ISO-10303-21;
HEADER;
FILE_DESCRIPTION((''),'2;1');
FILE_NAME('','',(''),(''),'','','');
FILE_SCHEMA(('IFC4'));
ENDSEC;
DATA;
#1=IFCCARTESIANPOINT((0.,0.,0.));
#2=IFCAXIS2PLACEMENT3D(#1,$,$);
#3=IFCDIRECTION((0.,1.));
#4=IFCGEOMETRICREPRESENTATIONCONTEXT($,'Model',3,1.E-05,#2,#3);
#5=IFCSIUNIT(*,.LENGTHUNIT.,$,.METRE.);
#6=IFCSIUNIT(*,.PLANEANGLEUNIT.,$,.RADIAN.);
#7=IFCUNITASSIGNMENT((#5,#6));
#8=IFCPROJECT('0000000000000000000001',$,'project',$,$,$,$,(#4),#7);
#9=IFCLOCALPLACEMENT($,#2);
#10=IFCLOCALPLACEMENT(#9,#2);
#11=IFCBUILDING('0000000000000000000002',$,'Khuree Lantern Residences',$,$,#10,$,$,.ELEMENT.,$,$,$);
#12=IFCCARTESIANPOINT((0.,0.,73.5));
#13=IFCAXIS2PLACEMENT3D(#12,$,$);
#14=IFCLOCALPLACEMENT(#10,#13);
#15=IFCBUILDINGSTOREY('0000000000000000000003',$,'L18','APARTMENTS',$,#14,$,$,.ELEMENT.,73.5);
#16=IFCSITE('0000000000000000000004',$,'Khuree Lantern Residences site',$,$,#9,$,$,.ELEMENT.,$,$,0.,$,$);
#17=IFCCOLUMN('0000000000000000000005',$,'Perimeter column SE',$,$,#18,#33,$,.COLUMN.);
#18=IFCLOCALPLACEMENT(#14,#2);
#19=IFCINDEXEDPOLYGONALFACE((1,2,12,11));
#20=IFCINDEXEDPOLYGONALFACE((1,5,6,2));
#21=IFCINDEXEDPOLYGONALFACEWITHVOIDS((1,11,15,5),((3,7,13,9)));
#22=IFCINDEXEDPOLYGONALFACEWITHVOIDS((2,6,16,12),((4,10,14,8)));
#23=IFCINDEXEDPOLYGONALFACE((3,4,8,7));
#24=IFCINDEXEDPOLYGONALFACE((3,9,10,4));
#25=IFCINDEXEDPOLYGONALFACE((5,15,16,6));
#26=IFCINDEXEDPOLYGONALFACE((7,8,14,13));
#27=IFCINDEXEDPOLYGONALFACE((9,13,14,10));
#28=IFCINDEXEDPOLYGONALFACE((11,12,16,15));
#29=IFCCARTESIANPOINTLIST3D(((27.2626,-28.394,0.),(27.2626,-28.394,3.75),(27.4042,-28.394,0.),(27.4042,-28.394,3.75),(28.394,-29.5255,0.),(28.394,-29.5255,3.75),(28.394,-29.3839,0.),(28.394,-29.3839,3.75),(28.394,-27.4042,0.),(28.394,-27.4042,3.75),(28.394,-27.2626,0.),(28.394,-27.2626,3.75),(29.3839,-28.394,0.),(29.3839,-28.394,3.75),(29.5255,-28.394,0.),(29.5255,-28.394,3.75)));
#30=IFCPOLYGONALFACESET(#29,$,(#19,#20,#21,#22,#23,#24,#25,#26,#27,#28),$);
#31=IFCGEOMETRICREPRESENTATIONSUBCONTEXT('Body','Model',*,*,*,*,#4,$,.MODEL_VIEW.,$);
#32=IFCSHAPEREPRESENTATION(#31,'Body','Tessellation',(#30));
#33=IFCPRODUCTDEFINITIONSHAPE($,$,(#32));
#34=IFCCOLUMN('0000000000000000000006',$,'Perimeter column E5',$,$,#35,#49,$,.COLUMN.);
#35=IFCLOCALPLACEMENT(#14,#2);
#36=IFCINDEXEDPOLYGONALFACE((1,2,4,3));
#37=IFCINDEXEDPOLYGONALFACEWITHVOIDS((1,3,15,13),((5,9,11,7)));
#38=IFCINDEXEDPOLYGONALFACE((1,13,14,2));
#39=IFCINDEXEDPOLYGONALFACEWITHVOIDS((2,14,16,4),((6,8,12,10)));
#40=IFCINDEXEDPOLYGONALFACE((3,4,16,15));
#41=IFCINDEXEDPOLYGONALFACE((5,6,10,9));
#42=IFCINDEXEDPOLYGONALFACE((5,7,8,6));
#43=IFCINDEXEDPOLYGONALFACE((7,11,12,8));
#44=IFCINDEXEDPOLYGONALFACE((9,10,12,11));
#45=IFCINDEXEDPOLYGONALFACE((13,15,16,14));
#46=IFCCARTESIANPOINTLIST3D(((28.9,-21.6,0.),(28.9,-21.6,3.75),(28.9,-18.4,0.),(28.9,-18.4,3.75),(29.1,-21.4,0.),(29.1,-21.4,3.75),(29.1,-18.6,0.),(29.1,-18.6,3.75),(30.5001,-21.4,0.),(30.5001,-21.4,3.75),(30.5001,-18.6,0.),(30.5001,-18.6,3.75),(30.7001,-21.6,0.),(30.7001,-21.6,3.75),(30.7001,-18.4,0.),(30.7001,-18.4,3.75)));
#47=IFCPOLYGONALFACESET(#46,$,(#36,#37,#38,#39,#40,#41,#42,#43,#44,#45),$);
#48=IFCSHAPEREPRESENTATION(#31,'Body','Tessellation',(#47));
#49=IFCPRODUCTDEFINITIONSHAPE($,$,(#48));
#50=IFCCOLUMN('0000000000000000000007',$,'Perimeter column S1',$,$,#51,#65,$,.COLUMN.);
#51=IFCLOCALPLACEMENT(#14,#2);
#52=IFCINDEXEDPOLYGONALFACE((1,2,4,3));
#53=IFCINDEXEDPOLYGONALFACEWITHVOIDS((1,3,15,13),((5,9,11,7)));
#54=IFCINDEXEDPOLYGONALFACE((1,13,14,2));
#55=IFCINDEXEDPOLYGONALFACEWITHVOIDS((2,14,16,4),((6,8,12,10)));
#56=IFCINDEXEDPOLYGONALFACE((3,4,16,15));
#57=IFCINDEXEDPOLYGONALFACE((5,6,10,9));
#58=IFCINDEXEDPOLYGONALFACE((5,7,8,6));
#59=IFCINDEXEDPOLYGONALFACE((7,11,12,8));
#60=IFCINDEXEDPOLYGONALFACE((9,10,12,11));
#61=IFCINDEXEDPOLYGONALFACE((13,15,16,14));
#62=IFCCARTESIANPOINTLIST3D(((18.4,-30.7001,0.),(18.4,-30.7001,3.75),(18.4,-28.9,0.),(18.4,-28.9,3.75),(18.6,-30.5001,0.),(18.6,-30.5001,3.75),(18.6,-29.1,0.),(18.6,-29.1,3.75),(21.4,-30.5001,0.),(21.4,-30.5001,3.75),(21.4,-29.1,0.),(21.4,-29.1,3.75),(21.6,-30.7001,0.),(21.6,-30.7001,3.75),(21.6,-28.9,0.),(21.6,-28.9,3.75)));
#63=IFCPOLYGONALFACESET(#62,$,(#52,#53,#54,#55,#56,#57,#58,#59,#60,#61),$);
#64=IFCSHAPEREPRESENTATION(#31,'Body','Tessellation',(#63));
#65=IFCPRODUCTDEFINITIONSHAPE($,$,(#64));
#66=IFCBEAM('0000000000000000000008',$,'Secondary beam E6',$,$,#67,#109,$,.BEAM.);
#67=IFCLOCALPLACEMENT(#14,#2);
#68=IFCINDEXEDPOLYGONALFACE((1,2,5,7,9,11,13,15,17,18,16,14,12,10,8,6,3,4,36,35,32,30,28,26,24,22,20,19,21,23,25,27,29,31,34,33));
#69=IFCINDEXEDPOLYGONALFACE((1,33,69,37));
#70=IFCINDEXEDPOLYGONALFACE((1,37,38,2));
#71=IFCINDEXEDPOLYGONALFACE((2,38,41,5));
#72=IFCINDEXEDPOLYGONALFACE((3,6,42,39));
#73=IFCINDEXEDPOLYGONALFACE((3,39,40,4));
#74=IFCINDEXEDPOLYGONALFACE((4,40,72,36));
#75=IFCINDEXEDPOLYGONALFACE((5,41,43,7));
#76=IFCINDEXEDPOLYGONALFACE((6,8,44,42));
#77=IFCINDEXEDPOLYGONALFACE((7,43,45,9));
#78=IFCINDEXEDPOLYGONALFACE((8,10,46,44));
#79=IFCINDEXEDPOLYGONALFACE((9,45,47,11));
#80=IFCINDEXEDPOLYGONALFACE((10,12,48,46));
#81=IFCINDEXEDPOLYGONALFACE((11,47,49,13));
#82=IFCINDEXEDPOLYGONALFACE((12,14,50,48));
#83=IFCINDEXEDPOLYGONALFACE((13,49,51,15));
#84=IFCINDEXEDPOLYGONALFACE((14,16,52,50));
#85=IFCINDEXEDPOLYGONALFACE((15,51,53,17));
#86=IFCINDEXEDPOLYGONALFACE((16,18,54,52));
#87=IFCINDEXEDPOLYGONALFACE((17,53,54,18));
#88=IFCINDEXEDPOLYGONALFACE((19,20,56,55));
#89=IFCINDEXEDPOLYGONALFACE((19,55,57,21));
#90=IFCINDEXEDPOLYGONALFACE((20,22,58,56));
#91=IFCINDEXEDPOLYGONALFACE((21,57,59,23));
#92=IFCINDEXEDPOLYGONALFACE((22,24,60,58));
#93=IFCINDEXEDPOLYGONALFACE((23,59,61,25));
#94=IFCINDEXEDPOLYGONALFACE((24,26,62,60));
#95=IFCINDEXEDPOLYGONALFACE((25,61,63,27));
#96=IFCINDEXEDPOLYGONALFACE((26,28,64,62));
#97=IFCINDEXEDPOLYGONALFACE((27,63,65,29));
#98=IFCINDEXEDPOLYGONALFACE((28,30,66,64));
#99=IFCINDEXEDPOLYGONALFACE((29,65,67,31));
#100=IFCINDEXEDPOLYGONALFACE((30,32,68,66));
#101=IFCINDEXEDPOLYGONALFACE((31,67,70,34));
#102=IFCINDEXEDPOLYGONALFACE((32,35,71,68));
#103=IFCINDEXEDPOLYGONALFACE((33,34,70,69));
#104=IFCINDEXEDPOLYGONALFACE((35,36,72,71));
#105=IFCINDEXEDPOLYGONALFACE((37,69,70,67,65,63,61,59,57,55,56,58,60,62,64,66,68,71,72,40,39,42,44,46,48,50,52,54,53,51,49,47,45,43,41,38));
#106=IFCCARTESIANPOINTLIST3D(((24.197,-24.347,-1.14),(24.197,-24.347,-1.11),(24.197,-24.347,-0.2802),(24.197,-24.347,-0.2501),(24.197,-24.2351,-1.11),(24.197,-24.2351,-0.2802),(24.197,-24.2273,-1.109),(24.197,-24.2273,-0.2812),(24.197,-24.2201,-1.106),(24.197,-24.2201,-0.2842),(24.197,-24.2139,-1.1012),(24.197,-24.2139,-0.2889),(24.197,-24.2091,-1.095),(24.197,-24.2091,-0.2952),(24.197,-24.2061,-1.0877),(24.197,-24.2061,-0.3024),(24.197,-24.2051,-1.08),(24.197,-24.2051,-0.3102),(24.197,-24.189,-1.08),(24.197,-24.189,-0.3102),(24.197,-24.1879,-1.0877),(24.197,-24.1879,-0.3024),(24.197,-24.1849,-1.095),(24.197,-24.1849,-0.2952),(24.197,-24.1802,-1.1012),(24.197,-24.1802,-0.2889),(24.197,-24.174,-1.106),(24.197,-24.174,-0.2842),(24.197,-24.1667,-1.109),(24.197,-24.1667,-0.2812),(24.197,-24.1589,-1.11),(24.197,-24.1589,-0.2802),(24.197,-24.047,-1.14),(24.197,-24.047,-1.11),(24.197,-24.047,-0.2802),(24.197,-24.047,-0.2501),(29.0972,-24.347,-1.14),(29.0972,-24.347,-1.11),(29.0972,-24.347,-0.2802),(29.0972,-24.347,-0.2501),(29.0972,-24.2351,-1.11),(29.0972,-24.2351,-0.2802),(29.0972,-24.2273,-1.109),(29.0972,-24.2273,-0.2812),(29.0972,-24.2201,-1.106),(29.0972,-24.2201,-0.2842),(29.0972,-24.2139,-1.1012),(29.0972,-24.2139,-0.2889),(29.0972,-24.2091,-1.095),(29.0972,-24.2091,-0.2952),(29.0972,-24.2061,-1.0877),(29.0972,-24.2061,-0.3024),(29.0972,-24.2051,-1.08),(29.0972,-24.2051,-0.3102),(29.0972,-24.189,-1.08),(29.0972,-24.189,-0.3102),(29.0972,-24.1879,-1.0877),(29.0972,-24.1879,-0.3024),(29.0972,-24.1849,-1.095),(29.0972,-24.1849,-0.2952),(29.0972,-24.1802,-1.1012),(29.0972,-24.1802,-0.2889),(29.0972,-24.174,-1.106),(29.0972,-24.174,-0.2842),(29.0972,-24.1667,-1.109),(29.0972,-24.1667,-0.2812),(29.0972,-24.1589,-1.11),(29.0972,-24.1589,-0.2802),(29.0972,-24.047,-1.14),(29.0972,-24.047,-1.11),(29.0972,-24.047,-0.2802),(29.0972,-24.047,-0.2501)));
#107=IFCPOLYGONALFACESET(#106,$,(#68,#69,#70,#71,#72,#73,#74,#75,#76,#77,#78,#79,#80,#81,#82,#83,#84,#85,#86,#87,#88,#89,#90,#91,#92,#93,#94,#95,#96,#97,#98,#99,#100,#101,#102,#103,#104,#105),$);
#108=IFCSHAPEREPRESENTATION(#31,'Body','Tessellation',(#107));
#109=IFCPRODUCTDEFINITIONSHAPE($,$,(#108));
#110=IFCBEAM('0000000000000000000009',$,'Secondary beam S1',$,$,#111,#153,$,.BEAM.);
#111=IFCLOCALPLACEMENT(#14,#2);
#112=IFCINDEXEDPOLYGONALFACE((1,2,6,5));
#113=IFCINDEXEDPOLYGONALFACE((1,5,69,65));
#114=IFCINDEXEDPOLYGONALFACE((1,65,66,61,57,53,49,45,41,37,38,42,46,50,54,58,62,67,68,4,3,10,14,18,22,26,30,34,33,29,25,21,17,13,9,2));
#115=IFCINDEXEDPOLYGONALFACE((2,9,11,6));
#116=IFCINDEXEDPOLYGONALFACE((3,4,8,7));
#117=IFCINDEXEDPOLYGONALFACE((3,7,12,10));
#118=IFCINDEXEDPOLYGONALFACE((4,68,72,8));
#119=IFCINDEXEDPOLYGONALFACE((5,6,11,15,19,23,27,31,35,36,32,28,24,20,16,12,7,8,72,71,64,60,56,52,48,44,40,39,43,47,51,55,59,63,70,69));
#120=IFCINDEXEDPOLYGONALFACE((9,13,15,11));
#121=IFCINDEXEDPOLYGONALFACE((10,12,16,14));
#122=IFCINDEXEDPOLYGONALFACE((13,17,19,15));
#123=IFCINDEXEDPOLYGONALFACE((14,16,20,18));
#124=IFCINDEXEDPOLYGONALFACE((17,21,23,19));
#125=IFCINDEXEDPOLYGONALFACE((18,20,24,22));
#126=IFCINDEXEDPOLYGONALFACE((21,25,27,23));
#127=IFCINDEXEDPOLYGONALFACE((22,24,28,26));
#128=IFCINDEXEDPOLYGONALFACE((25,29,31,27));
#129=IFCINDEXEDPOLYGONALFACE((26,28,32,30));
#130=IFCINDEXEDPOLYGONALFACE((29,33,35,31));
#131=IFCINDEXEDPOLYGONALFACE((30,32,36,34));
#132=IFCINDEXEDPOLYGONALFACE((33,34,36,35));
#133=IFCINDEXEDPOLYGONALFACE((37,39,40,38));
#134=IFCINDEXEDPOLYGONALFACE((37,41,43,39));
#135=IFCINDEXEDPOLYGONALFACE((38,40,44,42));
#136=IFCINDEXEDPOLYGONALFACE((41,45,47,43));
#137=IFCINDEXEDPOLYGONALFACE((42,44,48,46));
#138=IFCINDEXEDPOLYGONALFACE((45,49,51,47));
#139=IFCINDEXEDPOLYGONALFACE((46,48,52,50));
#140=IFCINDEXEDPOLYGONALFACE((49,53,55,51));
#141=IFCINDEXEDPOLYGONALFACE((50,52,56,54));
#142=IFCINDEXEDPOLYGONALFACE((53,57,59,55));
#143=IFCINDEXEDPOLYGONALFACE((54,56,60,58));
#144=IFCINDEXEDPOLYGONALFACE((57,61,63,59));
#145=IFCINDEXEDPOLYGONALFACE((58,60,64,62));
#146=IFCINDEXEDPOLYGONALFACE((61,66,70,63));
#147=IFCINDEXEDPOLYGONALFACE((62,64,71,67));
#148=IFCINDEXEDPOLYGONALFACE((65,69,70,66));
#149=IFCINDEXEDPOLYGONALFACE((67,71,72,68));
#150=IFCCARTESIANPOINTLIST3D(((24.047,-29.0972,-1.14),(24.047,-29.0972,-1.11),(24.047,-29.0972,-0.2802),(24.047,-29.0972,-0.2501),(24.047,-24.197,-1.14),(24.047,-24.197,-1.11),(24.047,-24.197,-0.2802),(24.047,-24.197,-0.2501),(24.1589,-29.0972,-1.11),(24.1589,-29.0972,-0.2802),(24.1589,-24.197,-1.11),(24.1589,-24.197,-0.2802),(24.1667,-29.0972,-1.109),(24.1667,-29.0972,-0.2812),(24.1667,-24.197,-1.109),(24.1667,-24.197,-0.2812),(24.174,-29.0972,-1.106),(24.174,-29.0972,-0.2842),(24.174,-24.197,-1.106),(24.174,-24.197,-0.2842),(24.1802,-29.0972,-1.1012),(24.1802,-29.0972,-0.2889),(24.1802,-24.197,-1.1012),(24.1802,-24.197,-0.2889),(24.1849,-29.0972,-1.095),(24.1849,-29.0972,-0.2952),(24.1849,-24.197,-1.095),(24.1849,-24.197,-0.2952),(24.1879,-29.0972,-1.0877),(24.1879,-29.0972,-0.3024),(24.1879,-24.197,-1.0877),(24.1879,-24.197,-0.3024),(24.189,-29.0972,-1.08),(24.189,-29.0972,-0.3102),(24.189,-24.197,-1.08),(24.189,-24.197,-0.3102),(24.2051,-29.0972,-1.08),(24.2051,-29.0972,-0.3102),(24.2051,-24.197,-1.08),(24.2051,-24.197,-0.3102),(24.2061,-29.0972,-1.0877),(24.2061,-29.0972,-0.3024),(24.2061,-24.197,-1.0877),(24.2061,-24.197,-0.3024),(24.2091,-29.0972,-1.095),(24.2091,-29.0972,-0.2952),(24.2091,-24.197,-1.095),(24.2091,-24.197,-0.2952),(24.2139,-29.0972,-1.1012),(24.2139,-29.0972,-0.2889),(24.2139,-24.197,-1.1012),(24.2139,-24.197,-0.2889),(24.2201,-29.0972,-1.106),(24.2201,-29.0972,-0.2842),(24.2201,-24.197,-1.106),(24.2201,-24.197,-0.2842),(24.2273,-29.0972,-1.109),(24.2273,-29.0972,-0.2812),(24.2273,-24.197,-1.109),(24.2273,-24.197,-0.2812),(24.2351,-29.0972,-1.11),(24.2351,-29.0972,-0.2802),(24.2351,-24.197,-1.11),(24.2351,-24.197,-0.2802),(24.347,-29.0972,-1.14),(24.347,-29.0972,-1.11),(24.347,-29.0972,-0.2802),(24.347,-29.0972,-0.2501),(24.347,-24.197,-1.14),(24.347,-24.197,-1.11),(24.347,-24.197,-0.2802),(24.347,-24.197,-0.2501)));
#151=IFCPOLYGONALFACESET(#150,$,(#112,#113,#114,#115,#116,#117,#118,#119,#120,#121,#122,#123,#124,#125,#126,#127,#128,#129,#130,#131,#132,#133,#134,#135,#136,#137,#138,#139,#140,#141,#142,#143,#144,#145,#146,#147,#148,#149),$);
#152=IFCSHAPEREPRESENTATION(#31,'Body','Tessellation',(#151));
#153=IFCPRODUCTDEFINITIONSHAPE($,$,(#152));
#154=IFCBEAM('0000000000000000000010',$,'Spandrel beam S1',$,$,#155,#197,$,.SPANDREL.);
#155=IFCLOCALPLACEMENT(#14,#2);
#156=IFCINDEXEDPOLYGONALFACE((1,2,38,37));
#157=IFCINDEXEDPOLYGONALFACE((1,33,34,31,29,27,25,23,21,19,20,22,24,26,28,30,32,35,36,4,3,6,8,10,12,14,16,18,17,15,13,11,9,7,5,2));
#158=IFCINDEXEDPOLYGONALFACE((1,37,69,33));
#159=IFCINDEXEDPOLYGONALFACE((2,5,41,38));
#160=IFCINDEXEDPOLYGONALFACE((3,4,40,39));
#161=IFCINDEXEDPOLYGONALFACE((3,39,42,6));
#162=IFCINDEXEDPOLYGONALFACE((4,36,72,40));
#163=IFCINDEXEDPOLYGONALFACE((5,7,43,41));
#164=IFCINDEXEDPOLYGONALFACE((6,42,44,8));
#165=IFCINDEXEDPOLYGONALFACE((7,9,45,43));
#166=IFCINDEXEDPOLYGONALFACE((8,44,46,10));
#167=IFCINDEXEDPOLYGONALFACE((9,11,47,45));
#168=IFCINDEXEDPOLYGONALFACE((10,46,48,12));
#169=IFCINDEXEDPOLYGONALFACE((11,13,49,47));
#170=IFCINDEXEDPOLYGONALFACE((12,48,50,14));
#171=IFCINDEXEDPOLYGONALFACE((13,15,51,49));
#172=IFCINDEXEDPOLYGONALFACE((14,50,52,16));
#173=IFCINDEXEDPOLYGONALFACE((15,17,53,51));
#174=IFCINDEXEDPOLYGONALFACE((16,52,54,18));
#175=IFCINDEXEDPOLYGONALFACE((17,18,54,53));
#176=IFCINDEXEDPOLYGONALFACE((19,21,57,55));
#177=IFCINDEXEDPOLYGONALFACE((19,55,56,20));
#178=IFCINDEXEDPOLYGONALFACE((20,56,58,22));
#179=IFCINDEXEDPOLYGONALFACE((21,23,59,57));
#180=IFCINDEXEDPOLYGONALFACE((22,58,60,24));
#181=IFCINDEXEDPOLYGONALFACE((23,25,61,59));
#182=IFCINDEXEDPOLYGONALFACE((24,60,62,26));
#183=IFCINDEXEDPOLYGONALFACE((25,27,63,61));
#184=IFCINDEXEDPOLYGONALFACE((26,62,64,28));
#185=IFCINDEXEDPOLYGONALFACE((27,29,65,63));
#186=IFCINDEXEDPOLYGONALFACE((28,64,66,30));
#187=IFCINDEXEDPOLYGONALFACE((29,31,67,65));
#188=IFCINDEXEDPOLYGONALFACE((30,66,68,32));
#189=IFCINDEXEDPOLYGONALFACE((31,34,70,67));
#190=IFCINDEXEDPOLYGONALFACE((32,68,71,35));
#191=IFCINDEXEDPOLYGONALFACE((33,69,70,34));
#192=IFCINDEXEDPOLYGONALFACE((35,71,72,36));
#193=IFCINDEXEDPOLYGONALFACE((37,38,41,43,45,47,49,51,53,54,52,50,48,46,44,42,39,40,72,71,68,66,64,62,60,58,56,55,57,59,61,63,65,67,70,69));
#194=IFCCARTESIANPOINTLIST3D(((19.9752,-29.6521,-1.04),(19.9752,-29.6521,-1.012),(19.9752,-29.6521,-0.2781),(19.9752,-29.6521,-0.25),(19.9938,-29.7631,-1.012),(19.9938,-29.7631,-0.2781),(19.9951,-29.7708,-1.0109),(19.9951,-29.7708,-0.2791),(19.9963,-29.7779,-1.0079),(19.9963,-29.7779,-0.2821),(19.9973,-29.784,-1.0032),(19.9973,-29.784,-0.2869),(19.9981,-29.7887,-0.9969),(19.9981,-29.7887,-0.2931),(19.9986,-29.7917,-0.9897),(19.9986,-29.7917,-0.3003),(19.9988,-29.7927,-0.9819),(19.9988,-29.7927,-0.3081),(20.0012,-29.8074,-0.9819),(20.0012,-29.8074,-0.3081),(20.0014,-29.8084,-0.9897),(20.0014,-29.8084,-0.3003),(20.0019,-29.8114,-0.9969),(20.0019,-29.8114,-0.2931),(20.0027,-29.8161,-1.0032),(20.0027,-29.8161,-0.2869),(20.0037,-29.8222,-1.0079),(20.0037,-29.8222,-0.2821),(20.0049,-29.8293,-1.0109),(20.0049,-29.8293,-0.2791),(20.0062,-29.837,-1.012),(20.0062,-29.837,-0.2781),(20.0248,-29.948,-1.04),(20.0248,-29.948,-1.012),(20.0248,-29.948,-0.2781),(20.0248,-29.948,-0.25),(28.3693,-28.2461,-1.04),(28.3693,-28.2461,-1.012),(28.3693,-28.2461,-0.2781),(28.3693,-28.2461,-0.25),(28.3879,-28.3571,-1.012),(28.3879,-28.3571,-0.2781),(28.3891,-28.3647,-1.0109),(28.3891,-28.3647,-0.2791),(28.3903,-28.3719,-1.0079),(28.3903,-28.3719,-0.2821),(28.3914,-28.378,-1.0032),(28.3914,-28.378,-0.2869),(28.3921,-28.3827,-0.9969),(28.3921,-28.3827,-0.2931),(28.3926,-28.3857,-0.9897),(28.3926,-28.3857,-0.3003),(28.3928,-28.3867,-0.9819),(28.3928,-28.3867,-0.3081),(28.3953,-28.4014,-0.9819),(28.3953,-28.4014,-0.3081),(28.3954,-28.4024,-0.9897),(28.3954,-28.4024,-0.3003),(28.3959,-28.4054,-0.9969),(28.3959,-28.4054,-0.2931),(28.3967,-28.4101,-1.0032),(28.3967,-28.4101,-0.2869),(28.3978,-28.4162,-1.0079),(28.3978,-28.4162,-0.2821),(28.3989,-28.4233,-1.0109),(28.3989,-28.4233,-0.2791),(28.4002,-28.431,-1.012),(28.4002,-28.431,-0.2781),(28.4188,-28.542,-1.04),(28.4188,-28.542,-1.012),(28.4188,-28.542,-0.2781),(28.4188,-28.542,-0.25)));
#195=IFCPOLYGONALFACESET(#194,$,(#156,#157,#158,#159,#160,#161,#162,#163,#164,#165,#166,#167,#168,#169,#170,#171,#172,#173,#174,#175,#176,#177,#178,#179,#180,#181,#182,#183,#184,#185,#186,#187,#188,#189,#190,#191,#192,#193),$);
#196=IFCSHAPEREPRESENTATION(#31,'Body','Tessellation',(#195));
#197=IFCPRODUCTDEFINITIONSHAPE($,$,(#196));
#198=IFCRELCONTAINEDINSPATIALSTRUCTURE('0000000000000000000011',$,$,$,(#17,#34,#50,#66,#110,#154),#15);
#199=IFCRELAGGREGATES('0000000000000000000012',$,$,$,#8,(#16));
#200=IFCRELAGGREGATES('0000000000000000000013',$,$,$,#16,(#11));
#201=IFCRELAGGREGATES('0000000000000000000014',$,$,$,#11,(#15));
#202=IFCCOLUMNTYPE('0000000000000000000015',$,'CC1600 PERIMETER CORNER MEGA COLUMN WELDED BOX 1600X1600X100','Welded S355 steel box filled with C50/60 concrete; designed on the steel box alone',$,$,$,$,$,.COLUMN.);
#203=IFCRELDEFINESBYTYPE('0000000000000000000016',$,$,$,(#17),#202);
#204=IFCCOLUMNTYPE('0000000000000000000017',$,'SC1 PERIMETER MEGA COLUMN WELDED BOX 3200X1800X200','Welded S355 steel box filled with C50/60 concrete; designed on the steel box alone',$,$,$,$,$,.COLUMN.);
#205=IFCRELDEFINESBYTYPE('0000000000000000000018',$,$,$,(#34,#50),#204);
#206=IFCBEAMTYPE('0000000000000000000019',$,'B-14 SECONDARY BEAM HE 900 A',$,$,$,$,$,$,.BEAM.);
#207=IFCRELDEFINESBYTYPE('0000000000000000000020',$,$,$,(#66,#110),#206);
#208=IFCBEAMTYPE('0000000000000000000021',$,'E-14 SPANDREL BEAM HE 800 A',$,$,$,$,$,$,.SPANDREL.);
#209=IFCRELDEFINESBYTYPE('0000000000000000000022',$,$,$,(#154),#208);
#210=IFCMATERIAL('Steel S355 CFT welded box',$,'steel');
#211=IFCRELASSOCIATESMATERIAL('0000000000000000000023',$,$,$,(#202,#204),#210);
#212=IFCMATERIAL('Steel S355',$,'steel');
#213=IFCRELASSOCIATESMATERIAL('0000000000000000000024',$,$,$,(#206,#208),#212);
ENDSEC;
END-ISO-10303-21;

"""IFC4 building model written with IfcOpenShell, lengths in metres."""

from ifc_helpers import new_model, si_unit, direction, frame, origin, origin_2d, place, context, subcontext, project, spatial, hollow_rectangle, i_section, extrude, material, material_profile, profile_set, type_object, element, save


model = new_model("IFC4")

# Units and contexts
model_context = context("Model", 3, precision=1e-05, world=origin(), true_north=direction((0.0, 1.0)))
body_context = subcontext(model_context, "Body", "Model", "MODEL_VIEW")
ifc_project = project(units=[si_unit("LENGTHUNIT", "METRE"), si_unit("PLANEANGLEUNIT", "RADIAN")], contexts=[model_context])

# Site, building, storey
site_placement = place(None, origin())
site = spatial("IfcSite", under=ifc_project, at=site_placement, Name="Khuree Lantern Residences site", CompositionType="ELEMENT", RefElevation=0.0)
building_placement = place(site_placement, origin())
building = spatial("IfcBuilding", under=site, at=building_placement, Name="Khuree Lantern Residences", CompositionType="ELEMENT")
storey_placement = place(building_placement, frame((0.0, 0.0, 73.5)))
storey = spatial("IfcBuildingStorey", under=building, at=storey_placement, Name="L18", Description="APARTMENTS", CompositionType="ELEMENT", Elevation=73.5)

# Columns
ifc_material_1 = material(Name="Steel S355 CFT welded box", Category="steel")
ifc_material_profile_1 = material_profile(ifc_material_1, hollow_rectangle(XDim=1.6001, YDim=1.6001, WallThickness=0.1001, at=origin_2d()), Name="WELDED BOX 1600X1600X100")
ifc_profile_set_1 = profile_set([ifc_material_profile_1], Name="Steel S355 CFT welded box")
column_type_1 = type_object("IfcColumnType", Name="CC1600 PERIMETER CORNER MEGA COLUMN WELDED BOX 1600X1600X100", Description="Welded S355 steel box filled with C50/60 concrete; designed on the steel box alone", PredefinedType="COLUMN", material=ifc_profile_set_1)
column_placement = place(storey_placement, frame((28.394, -28.394, 0.0), z_axis=(0.0, 0.0, 1.0), x_axis=(0.707107, 0.707107, 0.0)))
element("IfcColumn", 1, at=column_placement, inside=storey, type_object=column_type_1, Name="Perimeter column SE", PredefinedType="COLUMN", context=body_context, shape_type="SweptSolid", body=[
    extrude(hollow_rectangle(XDim=1.6001, YDim=1.6001, WallThickness=0.1001, at=origin_2d()), origin(), (0.0, 0.0, 1.0), 3.75),
])
ifc_material_profile_2 = material_profile(ifc_material_1, hollow_rectangle(XDim=3.2, YDim=1.8, WallThickness=0.2, at=origin_2d()), Name="WELDED BOX 3200X1800X200")
ifc_profile_set_2 = profile_set([ifc_material_profile_2], Name="Steel S355 CFT welded box")
column_type_2 = type_object("IfcColumnType", Name="SC1 PERIMETER MEGA COLUMN WELDED BOX 3200X1800X200", Description="Welded S355 steel box filled with C50/60 concrete; designed on the steel box alone", PredefinedType="COLUMN", material=ifc_profile_set_2)
for number, where, z_axis, x_axis, name in (
    (2, (29.8, -20.0, 0.0), (0.0, 0.0, 1.0), (0.0, 1.0, 0.0), "Perimeter column E5"),
    (3, (20.0, -29.8, 0.0), (0.0, 0.0, 1.0), (1.0, 0.0, 0.0), "Perimeter column S1"),
):
    element("IfcColumn", number, at=place(storey_placement, frame(where, z_axis=z_axis, x_axis=x_axis)), inside=storey, type_object=column_type_2, Name=name, PredefinedType="COLUMN", context=body_context, shape_type="SweptSolid", body=[
        extrude(hollow_rectangle(XDim=3.2, YDim=1.8, WallThickness=0.2, at=origin_2d()), origin(), (0.0, 0.0, 1.0), 3.75),
    ])

# Beams
ifc_material_2 = material(Name="Steel S355", Category="steel")
ifc_material_profile_3 = material_profile(ifc_material_2, i_section(OverallWidth=0.3, OverallDepth=0.8899, WebThickness=0.0161, FlangeThickness=0.03, FilletRadius=0.03, at=origin_2d()), Name="HE 900 A")
ifc_profile_set_3 = profile_set([ifc_material_profile_3], Name="Steel S355")
beam_type_1 = type_object("IfcBeamType", Name="B-14 SECONDARY BEAM HE 900 A", PredefinedType="BEAM", material=ifc_profile_set_3)
for number, where, z_axis, x_axis, name in (
    (4, (29.0972, -24.197, -0.6951), (-1.0, 0.0, 0.0), (0.0, -1.0, 0.0), "Secondary beam E6"),
    (5, (24.197, -29.0972, -0.6951), (0.0, 1.0, 0.0), (-1.0, 0.0, 0.0), "Secondary beam S1"),
):
    element("IfcBeam", number, at=place(storey_placement, frame(where, z_axis=z_axis, x_axis=x_axis)), inside=storey, type_object=beam_type_1, Name=name, PredefinedType="BEAM", context=body_context, shape_type="SweptSolid", body=[
        extrude(i_section(OverallWidth=0.3, OverallDepth=0.8899, WebThickness=0.0161, FlangeThickness=0.03, FilletRadius=0.03, at=origin_2d()), origin(), (0.0, 0.0, 1.0), 4.9001),
    ])
ifc_material_profile_4 = material_profile(ifc_material_2, i_section(OverallWidth=0.3, OverallDepth=0.79, WebThickness=0.0149, FlangeThickness=0.0281, FilletRadius=0.03, at=origin_2d()), Name="HE 800 A")
ifc_profile_set_4 = profile_set([ifc_material_profile_4], Name="Steel S355")
beam_type_2 = type_object("IfcBeamType", Name="E-14 SPANDREL BEAM HE 800 A", PredefinedType="SPANDREL", material=ifc_profile_set_4)
beam_1_placement = place(storey_placement, frame((28.394, -28.394, -0.645), z_axis=(-0.98626, -0.165199, 0.0), x_axis=(0.165199, -0.98626, 0.0)))
element("IfcBeam", 6, at=beam_1_placement, inside=storey, type_object=beam_type_2, Name="Spandrel beam S1", PredefinedType="SPANDREL", context=body_context, shape_type="SweptSolid", body=[
    extrude(i_section(OverallWidth=0.3, OverallDepth=0.79, WebThickness=0.0149, FlangeThickness=0.0281, FilletRadius=0.03, at=origin_2d()), origin(), (0.0, 0.0, 1.0), 8.511),
])

save(model, "model.ifc")
